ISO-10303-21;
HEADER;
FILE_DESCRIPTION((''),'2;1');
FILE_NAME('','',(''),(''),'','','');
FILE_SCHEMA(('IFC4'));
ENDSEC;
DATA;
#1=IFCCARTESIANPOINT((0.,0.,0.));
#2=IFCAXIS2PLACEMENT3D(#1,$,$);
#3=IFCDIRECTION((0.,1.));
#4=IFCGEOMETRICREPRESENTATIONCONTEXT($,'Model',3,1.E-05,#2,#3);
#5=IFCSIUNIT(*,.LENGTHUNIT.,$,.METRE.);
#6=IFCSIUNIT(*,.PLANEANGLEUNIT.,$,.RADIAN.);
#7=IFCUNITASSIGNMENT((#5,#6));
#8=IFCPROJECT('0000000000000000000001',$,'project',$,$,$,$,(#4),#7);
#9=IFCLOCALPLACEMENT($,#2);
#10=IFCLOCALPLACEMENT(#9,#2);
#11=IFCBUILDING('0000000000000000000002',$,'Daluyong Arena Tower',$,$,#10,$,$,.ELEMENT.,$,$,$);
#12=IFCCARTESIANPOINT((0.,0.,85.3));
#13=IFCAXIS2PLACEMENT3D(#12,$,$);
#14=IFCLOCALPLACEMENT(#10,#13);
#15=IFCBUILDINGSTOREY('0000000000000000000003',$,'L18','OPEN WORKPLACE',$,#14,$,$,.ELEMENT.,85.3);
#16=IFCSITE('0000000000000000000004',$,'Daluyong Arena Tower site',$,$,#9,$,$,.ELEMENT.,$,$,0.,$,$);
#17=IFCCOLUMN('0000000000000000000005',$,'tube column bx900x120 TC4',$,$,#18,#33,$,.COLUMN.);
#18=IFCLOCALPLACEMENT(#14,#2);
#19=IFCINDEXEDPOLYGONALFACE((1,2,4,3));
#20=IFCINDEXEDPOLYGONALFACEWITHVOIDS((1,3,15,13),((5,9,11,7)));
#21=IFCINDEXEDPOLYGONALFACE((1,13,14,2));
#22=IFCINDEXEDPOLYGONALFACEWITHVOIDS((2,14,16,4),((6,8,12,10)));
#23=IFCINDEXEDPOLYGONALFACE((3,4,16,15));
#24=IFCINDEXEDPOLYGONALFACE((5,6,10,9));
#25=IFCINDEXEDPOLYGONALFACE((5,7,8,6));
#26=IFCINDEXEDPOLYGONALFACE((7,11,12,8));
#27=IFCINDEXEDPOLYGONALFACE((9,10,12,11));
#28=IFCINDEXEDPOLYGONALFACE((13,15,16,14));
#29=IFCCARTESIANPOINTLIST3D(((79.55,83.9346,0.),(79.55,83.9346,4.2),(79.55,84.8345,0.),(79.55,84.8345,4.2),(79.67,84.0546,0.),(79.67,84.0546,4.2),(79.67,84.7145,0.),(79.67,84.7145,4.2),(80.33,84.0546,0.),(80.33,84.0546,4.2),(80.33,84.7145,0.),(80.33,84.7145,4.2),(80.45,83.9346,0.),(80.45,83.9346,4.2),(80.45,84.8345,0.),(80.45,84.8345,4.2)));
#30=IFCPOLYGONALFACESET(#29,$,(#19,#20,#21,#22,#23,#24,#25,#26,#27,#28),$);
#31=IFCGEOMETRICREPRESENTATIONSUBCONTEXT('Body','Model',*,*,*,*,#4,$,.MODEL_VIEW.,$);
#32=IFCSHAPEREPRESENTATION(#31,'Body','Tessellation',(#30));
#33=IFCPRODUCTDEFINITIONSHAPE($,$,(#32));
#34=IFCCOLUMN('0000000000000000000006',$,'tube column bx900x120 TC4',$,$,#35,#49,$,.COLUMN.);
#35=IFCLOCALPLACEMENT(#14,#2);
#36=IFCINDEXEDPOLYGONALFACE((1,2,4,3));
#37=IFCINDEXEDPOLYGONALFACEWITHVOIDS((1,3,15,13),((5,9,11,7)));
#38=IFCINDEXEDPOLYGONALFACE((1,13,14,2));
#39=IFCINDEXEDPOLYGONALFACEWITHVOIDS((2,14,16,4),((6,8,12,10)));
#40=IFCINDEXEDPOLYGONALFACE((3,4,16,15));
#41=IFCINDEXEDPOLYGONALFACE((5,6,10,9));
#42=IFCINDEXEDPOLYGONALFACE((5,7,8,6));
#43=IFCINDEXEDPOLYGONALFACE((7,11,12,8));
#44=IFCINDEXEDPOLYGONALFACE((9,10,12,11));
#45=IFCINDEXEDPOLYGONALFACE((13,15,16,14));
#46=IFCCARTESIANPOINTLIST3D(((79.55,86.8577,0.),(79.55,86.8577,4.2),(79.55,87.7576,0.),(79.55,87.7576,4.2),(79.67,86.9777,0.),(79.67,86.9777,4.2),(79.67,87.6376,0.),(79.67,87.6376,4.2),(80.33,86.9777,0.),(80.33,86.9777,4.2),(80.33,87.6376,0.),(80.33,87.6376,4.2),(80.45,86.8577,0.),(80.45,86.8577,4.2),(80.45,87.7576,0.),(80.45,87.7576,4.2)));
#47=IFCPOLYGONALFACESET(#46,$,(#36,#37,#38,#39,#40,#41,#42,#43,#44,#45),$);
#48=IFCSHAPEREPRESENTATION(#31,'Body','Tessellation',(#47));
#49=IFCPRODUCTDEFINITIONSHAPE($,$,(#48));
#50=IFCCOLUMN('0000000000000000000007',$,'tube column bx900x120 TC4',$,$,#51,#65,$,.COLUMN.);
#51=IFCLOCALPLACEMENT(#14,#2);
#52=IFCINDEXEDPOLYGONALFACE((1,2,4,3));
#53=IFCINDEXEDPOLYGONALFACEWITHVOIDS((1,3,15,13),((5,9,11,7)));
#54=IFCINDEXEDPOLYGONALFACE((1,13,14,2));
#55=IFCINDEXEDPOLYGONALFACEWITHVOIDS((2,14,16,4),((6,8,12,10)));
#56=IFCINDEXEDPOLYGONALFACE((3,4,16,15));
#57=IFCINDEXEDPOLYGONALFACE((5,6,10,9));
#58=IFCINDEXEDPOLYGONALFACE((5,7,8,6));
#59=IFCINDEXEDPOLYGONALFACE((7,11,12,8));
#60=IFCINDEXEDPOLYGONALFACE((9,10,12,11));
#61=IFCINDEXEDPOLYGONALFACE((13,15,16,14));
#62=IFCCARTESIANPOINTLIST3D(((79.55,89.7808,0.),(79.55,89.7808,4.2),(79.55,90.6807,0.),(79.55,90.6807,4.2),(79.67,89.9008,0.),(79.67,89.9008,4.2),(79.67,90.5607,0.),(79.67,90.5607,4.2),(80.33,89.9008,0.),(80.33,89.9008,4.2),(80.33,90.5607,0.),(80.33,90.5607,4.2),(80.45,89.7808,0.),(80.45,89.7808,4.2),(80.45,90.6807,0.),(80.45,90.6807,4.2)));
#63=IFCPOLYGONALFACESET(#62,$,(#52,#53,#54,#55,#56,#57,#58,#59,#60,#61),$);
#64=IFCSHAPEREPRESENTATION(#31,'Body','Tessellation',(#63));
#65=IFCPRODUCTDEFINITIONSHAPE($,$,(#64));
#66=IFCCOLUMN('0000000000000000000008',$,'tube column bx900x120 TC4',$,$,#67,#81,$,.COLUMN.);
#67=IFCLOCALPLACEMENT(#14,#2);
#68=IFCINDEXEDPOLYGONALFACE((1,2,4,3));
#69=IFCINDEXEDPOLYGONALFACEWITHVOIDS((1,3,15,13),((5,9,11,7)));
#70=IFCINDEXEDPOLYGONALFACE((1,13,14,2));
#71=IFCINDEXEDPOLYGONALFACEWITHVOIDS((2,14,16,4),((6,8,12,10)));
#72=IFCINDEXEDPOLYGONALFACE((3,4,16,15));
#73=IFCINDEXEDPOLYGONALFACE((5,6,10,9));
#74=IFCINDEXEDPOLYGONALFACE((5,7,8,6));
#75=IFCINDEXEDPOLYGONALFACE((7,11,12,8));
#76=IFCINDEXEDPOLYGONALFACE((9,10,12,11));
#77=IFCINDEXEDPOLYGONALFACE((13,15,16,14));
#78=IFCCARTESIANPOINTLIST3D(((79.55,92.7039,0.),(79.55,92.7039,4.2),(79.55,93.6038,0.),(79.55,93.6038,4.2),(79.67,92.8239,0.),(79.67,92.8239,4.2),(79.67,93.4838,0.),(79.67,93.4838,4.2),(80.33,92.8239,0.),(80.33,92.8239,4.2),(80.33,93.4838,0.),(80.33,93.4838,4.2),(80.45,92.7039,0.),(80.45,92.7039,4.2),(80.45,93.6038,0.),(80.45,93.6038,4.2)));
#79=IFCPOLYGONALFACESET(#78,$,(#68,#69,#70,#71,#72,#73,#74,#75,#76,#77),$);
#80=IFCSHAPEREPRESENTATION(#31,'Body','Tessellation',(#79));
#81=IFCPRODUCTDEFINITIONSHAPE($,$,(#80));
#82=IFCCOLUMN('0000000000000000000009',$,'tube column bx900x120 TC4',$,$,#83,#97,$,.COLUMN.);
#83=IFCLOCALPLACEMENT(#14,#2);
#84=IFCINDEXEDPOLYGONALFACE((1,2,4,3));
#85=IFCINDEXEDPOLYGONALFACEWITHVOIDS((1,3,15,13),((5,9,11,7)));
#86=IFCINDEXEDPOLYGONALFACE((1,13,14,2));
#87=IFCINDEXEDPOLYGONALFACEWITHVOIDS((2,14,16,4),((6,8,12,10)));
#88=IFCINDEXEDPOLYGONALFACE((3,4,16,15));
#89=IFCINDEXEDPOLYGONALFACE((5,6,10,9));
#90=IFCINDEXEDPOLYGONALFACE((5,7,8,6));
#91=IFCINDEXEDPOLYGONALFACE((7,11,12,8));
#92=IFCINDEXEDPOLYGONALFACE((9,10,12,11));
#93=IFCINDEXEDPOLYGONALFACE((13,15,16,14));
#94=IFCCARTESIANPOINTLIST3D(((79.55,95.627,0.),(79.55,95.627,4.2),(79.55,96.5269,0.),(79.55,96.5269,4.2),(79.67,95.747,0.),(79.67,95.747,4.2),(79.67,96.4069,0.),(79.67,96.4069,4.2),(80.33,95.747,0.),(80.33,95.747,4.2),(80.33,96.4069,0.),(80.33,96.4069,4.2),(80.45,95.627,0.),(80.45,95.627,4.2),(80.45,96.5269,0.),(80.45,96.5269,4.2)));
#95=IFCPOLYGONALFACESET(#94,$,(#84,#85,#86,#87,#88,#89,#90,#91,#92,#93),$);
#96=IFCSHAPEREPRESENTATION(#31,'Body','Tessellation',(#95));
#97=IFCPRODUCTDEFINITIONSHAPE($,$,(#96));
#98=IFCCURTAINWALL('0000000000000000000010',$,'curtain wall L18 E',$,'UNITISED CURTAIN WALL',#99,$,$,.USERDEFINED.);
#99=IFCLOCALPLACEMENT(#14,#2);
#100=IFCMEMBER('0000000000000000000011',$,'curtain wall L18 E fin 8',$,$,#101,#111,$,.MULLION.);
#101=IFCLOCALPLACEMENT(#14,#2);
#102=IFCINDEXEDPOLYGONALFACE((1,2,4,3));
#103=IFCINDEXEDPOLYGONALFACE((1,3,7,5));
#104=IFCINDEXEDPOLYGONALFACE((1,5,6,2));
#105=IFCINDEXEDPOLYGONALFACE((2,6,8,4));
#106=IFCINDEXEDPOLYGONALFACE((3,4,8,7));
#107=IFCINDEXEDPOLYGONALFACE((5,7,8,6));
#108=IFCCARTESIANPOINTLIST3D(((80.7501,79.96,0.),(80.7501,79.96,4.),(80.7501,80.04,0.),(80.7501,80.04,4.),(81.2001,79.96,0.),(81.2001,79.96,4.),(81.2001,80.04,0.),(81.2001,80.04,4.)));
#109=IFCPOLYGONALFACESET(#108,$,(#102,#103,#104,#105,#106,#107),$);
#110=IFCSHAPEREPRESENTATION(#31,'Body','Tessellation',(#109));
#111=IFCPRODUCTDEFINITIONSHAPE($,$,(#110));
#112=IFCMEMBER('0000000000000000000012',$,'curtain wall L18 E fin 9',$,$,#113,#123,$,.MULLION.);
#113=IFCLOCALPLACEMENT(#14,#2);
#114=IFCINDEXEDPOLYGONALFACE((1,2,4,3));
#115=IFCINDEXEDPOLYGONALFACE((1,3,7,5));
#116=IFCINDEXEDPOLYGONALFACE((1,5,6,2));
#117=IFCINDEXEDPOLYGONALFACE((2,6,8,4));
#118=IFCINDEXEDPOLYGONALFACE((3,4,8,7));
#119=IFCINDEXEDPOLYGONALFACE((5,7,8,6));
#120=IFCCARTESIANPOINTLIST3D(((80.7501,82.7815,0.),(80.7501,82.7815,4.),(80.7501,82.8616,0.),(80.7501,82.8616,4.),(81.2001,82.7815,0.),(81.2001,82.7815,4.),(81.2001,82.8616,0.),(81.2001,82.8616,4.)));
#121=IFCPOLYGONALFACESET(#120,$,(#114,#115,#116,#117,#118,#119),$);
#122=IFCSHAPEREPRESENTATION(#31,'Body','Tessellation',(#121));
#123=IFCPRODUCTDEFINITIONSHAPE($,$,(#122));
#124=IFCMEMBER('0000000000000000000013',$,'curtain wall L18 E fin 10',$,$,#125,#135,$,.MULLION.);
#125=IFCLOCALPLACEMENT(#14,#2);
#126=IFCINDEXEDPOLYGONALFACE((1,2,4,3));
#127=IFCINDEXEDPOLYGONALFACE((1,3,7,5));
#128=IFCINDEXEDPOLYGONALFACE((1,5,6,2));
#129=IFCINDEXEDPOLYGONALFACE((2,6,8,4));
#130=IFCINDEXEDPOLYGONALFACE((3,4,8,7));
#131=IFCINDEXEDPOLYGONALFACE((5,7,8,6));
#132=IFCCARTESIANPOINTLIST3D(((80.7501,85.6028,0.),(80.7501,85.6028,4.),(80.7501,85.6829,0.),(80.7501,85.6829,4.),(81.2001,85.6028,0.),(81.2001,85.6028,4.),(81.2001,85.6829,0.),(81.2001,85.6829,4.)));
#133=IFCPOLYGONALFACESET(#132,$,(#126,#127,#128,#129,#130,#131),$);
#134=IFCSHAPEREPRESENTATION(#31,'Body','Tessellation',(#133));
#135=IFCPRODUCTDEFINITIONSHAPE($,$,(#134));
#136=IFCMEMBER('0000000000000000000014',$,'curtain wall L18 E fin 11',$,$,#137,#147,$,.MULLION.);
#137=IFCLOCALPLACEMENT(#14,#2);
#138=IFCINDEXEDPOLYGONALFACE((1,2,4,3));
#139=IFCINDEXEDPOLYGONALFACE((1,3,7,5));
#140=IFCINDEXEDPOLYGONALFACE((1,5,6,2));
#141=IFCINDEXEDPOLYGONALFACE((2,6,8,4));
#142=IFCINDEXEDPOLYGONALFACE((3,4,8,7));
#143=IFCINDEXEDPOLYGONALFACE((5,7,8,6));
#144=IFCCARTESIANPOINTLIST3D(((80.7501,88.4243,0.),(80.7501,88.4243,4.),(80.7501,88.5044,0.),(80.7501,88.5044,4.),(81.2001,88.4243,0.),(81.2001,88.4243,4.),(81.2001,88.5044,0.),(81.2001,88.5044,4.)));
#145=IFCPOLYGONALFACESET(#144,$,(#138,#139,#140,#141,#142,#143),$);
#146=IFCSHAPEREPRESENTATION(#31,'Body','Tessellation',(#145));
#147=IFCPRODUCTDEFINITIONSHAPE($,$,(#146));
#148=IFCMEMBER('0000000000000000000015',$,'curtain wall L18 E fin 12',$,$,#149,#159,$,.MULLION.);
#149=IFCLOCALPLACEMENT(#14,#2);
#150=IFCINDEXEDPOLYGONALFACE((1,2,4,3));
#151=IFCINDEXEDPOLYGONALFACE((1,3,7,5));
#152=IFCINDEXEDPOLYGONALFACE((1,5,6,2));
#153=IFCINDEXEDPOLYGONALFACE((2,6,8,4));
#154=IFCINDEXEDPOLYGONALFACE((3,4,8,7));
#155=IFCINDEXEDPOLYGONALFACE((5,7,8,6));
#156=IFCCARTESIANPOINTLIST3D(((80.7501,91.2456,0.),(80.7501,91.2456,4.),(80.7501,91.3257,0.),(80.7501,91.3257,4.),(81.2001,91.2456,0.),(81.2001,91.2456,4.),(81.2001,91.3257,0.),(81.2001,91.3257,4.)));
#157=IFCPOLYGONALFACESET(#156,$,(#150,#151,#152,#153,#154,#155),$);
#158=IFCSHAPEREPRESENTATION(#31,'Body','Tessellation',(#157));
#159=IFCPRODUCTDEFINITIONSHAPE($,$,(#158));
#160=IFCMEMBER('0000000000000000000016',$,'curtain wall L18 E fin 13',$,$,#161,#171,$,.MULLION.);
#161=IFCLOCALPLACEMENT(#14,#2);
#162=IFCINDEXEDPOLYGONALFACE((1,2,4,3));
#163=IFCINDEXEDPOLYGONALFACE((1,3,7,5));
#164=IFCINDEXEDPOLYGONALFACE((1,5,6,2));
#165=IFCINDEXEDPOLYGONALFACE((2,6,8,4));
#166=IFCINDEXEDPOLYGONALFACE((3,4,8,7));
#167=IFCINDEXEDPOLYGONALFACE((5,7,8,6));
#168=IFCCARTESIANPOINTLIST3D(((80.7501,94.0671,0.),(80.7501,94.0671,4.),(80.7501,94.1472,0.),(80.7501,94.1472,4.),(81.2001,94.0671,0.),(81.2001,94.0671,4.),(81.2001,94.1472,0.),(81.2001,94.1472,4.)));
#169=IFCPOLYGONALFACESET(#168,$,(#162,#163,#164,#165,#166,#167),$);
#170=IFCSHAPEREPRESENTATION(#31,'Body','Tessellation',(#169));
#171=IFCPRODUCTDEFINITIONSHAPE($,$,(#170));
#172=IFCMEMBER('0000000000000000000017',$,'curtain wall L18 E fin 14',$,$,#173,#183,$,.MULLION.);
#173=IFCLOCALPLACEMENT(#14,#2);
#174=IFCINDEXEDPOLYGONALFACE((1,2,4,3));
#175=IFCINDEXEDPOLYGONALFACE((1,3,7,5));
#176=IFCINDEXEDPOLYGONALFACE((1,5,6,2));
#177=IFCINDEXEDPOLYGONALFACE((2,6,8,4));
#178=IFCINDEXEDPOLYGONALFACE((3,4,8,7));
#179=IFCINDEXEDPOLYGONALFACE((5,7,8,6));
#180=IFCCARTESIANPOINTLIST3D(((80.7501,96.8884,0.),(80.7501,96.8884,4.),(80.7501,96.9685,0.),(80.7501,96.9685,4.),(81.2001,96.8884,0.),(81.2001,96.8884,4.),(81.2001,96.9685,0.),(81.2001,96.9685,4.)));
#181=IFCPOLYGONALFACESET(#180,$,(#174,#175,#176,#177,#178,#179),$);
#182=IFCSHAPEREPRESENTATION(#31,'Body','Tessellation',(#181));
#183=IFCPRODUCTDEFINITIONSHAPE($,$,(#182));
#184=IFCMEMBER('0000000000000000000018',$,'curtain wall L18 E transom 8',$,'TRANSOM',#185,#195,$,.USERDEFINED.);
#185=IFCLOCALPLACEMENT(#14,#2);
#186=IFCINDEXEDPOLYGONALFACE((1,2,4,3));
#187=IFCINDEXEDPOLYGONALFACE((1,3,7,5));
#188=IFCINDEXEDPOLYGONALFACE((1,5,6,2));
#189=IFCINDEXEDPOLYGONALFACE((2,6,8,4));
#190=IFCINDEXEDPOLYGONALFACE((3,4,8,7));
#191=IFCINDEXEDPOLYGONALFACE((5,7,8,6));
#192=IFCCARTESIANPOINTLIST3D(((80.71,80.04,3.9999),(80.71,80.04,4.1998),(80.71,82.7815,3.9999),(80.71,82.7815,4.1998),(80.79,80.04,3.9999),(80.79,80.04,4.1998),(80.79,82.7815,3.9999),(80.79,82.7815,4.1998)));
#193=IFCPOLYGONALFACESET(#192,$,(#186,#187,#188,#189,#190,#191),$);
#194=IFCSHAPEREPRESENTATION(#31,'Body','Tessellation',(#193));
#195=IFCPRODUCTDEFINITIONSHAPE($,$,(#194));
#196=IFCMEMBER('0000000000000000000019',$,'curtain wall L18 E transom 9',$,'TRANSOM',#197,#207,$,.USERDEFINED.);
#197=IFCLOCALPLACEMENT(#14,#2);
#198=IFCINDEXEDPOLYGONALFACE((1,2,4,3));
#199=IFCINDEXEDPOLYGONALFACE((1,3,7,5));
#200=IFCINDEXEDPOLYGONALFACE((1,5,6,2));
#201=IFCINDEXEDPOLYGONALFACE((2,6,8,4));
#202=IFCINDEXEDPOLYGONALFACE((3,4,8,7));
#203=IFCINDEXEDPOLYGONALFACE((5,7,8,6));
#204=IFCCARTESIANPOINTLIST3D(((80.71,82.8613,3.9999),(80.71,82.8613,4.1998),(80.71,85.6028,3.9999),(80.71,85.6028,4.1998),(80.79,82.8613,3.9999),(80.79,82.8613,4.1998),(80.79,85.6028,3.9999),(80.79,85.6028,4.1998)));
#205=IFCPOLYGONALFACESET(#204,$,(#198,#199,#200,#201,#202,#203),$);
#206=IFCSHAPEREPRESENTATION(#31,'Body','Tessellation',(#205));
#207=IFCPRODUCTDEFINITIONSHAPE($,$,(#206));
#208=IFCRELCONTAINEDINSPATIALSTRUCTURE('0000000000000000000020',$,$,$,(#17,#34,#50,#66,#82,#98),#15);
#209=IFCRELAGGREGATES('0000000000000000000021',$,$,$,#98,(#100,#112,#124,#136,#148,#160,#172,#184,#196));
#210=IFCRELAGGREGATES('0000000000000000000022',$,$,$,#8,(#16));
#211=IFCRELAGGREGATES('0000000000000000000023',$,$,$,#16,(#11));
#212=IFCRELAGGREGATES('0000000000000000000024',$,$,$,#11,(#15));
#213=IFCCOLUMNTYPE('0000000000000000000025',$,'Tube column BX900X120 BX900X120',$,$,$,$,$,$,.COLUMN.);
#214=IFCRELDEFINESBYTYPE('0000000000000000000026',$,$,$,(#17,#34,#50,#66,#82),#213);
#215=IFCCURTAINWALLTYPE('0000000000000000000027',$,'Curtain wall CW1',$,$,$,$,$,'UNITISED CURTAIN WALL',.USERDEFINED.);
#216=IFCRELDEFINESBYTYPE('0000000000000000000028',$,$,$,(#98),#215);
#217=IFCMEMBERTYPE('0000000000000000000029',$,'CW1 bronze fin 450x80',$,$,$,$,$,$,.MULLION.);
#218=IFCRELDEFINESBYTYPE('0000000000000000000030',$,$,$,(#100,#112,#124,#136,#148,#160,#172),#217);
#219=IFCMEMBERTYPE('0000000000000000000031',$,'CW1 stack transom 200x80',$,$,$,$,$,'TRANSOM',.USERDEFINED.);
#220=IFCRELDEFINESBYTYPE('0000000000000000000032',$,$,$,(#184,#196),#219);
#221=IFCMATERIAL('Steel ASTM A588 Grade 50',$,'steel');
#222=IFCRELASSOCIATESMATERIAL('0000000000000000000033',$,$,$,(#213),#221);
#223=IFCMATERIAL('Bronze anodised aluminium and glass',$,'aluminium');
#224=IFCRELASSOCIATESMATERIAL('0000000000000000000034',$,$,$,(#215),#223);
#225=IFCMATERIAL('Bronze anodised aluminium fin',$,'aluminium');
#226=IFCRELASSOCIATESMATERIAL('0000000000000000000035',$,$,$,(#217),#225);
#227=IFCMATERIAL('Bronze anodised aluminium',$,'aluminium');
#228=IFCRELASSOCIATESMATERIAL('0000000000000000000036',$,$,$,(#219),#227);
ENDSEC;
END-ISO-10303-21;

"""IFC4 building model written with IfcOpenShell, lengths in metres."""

from ifc_helpers import new_model, si_unit, direction, frame, origin, origin_2d, place, context, subcontext, project, spatial, rectangle, hollow_rectangle, extrude, material, material_profile, profile_set, type_object, element, aggregate, save


model = new_model("IFC4")

# Units and contexts
model_context = context("Model", 3, precision=1e-05, world=origin(), true_north=direction((0.0, 1.0)))
body_context = subcontext(model_context, "Body", "Model", "MODEL_VIEW")
ifc_project = project(units=[si_unit("LENGTHUNIT", "METRE"), si_unit("PLANEANGLEUNIT", "RADIAN")], contexts=[model_context])

# Site, building, storey
site_placement = place(None, origin())
site = spatial("IfcSite", under=ifc_project, at=site_placement, Name="Daluyong Arena Tower site", CompositionType="ELEMENT", RefElevation=0.0)
building_placement = place(site_placement, origin())
building = spatial("IfcBuilding", under=site, at=building_placement, Name="Daluyong Arena Tower", CompositionType="ELEMENT")
storey_placement = place(building_placement, frame((0.0, 0.0, 85.3)))
storey = spatial("IfcBuildingStorey", under=building, at=storey_placement, Name="L18", Description="OPEN WORKPLACE", CompositionType="ELEMENT", Elevation=85.3)

# Columns
ifc_material_1 = material(Name="Steel ASTM A588 Grade 50", Category="steel")
ifc_material_profile_1 = material_profile(ifc_material_1, hollow_rectangle(XDim=0.8999, YDim=0.8999, WallThickness=0.12, at=origin_2d()))
ifc_profile_set_1 = profile_set([ifc_material_profile_1], Name="Steel ASTM A588 Grade 50")
column_type = type_object("IfcColumnType", Name="Tube column BX900X120 BX900X120", PredefinedType="COLUMN", material=ifc_profile_set_1)
for number, where, z_axis, x_axis, name in (
    (1, (80.0, 84.3845, 0.0), (0.0, 0.0, 1.0), (0.0, 1.0, 0.0), "tube column bx900x120 TC4"),
    (2, (80.0, 87.3076, 0.0), (0.0, 0.0, 1.0), (0.0, 1.0, 0.0), "tube column bx900x120 TC4"),
    (3, (80.0, 90.2307, 0.0), (0.0, 0.0, 1.0), (0.0, 1.0, 0.0), "tube column bx900x120 TC4"),
    (4, (80.0, 93.1538, 0.0), (0.0, 0.0, 1.0), (0.0, 1.0, 0.0), "tube column bx900x120 TC4"),
    (5, (80.0, 96.0769, 0.0), (0.0, 0.0, 1.0), (0.0, 1.0, 0.0), "tube column bx900x120 TC4"),
):
    element("IfcColumn", number, at=place(storey_placement, frame(where, z_axis=z_axis, x_axis=x_axis)), inside=storey, type_object=column_type, Name=name, PredefinedType="COLUMN", context=body_context, shape_type="SweptSolid", body=[
        extrude(hollow_rectangle(XDim=0.8999, YDim=0.8999, WallThickness=0.12, at=origin_2d()), origin(), (0.0, 0.0, 1.0), 4.2),
    ])

# Curtain wall, members
ifc_material_2 = material(Name="Bronze anodised aluminium and glass", Category="aluminium")
curtain_wall_type = type_object("IfcCurtainWallType", Name="Curtain wall CW1", ElementType="UNITISED CURTAIN WALL", PredefinedType="USERDEFINED", material=ifc_material_2)
curtain_wall_placement = place(storey_placement, origin())
curtain_wall = element("IfcCurtainWall", 6, at=curtain_wall_placement, inside=storey, type_object=curtain_wall_type, Name="curtain wall L18 E", ObjectType="UNITISED CURTAIN WALL", PredefinedType="USERDEFINED")
ifc_material_3 = material(Name="Bronze anodised aluminium fin", Category="aluminium")
ifc_material_profile_2 = material_profile(ifc_material_3, rectangle(XDim=0.45, YDim=0.0801, at=origin_2d()))
ifc_profile_set_2 = profile_set([ifc_material_profile_2], Name="Bronze anodised aluminium fin")
member_type_1 = type_object("IfcMemberType", Name="CW1 bronze fin 450x80", PredefinedType="MULLION", material=ifc_profile_set_2)
member_1_placement = place(storey_placement, frame((80.9751, 80.0, 0.0), z_axis=(0.0, 0.0, 1.0), x_axis=(-1.0, 0.0, 0.0)))
member_1 = element("IfcMember", 7, at=member_1_placement, type_object=member_type_1, Name="curtain wall L18 E fin 8", PredefinedType="MULLION", context=body_context, shape_type="SweptSolid", body=[
    extrude(rectangle(XDim=0.45, YDim=0.0801, at=origin_2d()), origin(), (0.0, 0.0, 1.0), 4.0),
])
member_2_placement = place(storey_placement, frame((80.9751, 82.8215, 0.0), z_axis=(0.0, 0.0, 1.0), x_axis=(-1.0, 0.0, 0.0)))
member_2 = element("IfcMember", 8, at=member_2_placement, type_object=member_type_1, Name="curtain wall L18 E fin 9", PredefinedType="MULLION", context=body_context, shape_type="SweptSolid", body=[
    extrude(rectangle(XDim=0.45, YDim=0.0801, at=origin_2d()), origin(), (0.0, 0.0, 1.0), 4.0),
])
member_3_placement = place(storey_placement, frame((80.9751, 85.6428, 0.0), z_axis=(0.0, 0.0, 1.0), x_axis=(-1.0, 0.0, 0.0)))
member_3 = element("IfcMember", 9, at=member_3_placement, type_object=member_type_1, Name="curtain wall L18 E fin 10", PredefinedType="MULLION", context=body_context, shape_type="SweptSolid", body=[
    extrude(rectangle(XDim=0.45, YDim=0.0801, at=origin_2d()), origin(), (0.0, 0.0, 1.0), 4.0),
])
member_4_placement = place(storey_placement, frame((80.9751, 88.4644, 0.0), z_axis=(0.0, 0.0, 1.0), x_axis=(-1.0, 0.0, 0.0)))
member_4 = element("IfcMember", 10, at=member_4_placement, type_object=member_type_1, Name="curtain wall L18 E fin 11", PredefinedType="MULLION", context=body_context, shape_type="SweptSolid", body=[
    extrude(rectangle(XDim=0.45, YDim=0.0801, at=origin_2d()), origin(), (0.0, 0.0, 1.0), 4.0),
])
member_5_placement = place(storey_placement, frame((80.9751, 91.2856, 0.0), z_axis=(0.0, 0.0, 1.0), x_axis=(-1.0, 0.0, 0.0)))
member_5 = element("IfcMember", 11, at=member_5_placement, type_object=member_type_1, Name="curtain wall L18 E fin 12", PredefinedType="MULLION", context=body_context, shape_type="SweptSolid", body=[
    extrude(rectangle(XDim=0.45, YDim=0.0801, at=origin_2d()), origin(), (0.0, 0.0, 1.0), 4.0),
])
member_6_placement = place(storey_placement, frame((80.9751, 94.1072, 0.0), z_axis=(0.0, 0.0, 1.0), x_axis=(-1.0, 0.0, 0.0)))
member_6 = element("IfcMember", 12, at=member_6_placement, type_object=member_type_1, Name="curtain wall L18 E fin 13", PredefinedType="MULLION", context=body_context, shape_type="SweptSolid", body=[
    extrude(rectangle(XDim=0.45, YDim=0.0801, at=origin_2d()), origin(), (0.0, 0.0, 1.0), 4.0),
])
member_7_placement = place(storey_placement, frame((80.9751, 96.9285, 0.0), z_axis=(0.0, 0.0, 1.0), x_axis=(-1.0, 0.0, 0.0)))
member_7 = element("IfcMember", 13, at=member_7_placement, type_object=member_type_1, Name="curtain wall L18 E fin 14", PredefinedType="MULLION", context=body_context, shape_type="SweptSolid", body=[
    extrude(rectangle(XDim=0.45, YDim=0.0801, at=origin_2d()), origin(), (0.0, 0.0, 1.0), 4.0),
])
ifc_material_4 = material(Name="Bronze anodised aluminium", Category="aluminium")
ifc_material_profile_3 = material_profile(ifc_material_4, rectangle(XDim=0.0801, YDim=0.2, at=origin_2d()))
ifc_profile_set_3 = profile_set([ifc_material_profile_3], Name="Bronze anodised aluminium")
member_type_2 = type_object("IfcMemberType", Name="CW1 stack transom 200x80", ElementType="TRANSOM", PredefinedType="USERDEFINED", material=ifc_profile_set_3)
member_8_placement = place(storey_placement, frame((80.75, 80.04, 4.0999), z_axis=(0.0, 1.0, 0.0), x_axis=(-1.0, 0.0, 0.0)))
member_8 = element("IfcMember", 14, at=member_8_placement, type_object=member_type_2, Name="curtain wall L18 E transom 8", ObjectType="TRANSOM", PredefinedType="USERDEFINED", context=body_context, shape_type="SweptSolid", body=[
    extrude(rectangle(XDim=0.0801, YDim=0.2, at=origin_2d()), origin(), (0.0, 0.0, 1.0), 2.7415),
])
member_9_placement = place(storey_placement, frame((80.75, 82.8613, 4.0999), z_axis=(0.0, 1.0, 0.0), x_axis=(-1.0, 0.0, 0.0)))
member_9 = element("IfcMember", 15, at=member_9_placement, type_object=member_type_2, Name="curtain wall L18 E transom 9", ObjectType="TRANSOM", PredefinedType="USERDEFINED", context=body_context, shape_type="SweptSolid", body=[
    extrude(rectangle(XDim=0.0801, YDim=0.2, at=origin_2d()), origin(), (0.0, 0.0, 1.0), 2.7415),
])

aggregate(curtain_wall, [member_1, member_2, member_3, member_4, member_5, member_6, member_7, member_8, member_9])

save(model, "model.ifc")
